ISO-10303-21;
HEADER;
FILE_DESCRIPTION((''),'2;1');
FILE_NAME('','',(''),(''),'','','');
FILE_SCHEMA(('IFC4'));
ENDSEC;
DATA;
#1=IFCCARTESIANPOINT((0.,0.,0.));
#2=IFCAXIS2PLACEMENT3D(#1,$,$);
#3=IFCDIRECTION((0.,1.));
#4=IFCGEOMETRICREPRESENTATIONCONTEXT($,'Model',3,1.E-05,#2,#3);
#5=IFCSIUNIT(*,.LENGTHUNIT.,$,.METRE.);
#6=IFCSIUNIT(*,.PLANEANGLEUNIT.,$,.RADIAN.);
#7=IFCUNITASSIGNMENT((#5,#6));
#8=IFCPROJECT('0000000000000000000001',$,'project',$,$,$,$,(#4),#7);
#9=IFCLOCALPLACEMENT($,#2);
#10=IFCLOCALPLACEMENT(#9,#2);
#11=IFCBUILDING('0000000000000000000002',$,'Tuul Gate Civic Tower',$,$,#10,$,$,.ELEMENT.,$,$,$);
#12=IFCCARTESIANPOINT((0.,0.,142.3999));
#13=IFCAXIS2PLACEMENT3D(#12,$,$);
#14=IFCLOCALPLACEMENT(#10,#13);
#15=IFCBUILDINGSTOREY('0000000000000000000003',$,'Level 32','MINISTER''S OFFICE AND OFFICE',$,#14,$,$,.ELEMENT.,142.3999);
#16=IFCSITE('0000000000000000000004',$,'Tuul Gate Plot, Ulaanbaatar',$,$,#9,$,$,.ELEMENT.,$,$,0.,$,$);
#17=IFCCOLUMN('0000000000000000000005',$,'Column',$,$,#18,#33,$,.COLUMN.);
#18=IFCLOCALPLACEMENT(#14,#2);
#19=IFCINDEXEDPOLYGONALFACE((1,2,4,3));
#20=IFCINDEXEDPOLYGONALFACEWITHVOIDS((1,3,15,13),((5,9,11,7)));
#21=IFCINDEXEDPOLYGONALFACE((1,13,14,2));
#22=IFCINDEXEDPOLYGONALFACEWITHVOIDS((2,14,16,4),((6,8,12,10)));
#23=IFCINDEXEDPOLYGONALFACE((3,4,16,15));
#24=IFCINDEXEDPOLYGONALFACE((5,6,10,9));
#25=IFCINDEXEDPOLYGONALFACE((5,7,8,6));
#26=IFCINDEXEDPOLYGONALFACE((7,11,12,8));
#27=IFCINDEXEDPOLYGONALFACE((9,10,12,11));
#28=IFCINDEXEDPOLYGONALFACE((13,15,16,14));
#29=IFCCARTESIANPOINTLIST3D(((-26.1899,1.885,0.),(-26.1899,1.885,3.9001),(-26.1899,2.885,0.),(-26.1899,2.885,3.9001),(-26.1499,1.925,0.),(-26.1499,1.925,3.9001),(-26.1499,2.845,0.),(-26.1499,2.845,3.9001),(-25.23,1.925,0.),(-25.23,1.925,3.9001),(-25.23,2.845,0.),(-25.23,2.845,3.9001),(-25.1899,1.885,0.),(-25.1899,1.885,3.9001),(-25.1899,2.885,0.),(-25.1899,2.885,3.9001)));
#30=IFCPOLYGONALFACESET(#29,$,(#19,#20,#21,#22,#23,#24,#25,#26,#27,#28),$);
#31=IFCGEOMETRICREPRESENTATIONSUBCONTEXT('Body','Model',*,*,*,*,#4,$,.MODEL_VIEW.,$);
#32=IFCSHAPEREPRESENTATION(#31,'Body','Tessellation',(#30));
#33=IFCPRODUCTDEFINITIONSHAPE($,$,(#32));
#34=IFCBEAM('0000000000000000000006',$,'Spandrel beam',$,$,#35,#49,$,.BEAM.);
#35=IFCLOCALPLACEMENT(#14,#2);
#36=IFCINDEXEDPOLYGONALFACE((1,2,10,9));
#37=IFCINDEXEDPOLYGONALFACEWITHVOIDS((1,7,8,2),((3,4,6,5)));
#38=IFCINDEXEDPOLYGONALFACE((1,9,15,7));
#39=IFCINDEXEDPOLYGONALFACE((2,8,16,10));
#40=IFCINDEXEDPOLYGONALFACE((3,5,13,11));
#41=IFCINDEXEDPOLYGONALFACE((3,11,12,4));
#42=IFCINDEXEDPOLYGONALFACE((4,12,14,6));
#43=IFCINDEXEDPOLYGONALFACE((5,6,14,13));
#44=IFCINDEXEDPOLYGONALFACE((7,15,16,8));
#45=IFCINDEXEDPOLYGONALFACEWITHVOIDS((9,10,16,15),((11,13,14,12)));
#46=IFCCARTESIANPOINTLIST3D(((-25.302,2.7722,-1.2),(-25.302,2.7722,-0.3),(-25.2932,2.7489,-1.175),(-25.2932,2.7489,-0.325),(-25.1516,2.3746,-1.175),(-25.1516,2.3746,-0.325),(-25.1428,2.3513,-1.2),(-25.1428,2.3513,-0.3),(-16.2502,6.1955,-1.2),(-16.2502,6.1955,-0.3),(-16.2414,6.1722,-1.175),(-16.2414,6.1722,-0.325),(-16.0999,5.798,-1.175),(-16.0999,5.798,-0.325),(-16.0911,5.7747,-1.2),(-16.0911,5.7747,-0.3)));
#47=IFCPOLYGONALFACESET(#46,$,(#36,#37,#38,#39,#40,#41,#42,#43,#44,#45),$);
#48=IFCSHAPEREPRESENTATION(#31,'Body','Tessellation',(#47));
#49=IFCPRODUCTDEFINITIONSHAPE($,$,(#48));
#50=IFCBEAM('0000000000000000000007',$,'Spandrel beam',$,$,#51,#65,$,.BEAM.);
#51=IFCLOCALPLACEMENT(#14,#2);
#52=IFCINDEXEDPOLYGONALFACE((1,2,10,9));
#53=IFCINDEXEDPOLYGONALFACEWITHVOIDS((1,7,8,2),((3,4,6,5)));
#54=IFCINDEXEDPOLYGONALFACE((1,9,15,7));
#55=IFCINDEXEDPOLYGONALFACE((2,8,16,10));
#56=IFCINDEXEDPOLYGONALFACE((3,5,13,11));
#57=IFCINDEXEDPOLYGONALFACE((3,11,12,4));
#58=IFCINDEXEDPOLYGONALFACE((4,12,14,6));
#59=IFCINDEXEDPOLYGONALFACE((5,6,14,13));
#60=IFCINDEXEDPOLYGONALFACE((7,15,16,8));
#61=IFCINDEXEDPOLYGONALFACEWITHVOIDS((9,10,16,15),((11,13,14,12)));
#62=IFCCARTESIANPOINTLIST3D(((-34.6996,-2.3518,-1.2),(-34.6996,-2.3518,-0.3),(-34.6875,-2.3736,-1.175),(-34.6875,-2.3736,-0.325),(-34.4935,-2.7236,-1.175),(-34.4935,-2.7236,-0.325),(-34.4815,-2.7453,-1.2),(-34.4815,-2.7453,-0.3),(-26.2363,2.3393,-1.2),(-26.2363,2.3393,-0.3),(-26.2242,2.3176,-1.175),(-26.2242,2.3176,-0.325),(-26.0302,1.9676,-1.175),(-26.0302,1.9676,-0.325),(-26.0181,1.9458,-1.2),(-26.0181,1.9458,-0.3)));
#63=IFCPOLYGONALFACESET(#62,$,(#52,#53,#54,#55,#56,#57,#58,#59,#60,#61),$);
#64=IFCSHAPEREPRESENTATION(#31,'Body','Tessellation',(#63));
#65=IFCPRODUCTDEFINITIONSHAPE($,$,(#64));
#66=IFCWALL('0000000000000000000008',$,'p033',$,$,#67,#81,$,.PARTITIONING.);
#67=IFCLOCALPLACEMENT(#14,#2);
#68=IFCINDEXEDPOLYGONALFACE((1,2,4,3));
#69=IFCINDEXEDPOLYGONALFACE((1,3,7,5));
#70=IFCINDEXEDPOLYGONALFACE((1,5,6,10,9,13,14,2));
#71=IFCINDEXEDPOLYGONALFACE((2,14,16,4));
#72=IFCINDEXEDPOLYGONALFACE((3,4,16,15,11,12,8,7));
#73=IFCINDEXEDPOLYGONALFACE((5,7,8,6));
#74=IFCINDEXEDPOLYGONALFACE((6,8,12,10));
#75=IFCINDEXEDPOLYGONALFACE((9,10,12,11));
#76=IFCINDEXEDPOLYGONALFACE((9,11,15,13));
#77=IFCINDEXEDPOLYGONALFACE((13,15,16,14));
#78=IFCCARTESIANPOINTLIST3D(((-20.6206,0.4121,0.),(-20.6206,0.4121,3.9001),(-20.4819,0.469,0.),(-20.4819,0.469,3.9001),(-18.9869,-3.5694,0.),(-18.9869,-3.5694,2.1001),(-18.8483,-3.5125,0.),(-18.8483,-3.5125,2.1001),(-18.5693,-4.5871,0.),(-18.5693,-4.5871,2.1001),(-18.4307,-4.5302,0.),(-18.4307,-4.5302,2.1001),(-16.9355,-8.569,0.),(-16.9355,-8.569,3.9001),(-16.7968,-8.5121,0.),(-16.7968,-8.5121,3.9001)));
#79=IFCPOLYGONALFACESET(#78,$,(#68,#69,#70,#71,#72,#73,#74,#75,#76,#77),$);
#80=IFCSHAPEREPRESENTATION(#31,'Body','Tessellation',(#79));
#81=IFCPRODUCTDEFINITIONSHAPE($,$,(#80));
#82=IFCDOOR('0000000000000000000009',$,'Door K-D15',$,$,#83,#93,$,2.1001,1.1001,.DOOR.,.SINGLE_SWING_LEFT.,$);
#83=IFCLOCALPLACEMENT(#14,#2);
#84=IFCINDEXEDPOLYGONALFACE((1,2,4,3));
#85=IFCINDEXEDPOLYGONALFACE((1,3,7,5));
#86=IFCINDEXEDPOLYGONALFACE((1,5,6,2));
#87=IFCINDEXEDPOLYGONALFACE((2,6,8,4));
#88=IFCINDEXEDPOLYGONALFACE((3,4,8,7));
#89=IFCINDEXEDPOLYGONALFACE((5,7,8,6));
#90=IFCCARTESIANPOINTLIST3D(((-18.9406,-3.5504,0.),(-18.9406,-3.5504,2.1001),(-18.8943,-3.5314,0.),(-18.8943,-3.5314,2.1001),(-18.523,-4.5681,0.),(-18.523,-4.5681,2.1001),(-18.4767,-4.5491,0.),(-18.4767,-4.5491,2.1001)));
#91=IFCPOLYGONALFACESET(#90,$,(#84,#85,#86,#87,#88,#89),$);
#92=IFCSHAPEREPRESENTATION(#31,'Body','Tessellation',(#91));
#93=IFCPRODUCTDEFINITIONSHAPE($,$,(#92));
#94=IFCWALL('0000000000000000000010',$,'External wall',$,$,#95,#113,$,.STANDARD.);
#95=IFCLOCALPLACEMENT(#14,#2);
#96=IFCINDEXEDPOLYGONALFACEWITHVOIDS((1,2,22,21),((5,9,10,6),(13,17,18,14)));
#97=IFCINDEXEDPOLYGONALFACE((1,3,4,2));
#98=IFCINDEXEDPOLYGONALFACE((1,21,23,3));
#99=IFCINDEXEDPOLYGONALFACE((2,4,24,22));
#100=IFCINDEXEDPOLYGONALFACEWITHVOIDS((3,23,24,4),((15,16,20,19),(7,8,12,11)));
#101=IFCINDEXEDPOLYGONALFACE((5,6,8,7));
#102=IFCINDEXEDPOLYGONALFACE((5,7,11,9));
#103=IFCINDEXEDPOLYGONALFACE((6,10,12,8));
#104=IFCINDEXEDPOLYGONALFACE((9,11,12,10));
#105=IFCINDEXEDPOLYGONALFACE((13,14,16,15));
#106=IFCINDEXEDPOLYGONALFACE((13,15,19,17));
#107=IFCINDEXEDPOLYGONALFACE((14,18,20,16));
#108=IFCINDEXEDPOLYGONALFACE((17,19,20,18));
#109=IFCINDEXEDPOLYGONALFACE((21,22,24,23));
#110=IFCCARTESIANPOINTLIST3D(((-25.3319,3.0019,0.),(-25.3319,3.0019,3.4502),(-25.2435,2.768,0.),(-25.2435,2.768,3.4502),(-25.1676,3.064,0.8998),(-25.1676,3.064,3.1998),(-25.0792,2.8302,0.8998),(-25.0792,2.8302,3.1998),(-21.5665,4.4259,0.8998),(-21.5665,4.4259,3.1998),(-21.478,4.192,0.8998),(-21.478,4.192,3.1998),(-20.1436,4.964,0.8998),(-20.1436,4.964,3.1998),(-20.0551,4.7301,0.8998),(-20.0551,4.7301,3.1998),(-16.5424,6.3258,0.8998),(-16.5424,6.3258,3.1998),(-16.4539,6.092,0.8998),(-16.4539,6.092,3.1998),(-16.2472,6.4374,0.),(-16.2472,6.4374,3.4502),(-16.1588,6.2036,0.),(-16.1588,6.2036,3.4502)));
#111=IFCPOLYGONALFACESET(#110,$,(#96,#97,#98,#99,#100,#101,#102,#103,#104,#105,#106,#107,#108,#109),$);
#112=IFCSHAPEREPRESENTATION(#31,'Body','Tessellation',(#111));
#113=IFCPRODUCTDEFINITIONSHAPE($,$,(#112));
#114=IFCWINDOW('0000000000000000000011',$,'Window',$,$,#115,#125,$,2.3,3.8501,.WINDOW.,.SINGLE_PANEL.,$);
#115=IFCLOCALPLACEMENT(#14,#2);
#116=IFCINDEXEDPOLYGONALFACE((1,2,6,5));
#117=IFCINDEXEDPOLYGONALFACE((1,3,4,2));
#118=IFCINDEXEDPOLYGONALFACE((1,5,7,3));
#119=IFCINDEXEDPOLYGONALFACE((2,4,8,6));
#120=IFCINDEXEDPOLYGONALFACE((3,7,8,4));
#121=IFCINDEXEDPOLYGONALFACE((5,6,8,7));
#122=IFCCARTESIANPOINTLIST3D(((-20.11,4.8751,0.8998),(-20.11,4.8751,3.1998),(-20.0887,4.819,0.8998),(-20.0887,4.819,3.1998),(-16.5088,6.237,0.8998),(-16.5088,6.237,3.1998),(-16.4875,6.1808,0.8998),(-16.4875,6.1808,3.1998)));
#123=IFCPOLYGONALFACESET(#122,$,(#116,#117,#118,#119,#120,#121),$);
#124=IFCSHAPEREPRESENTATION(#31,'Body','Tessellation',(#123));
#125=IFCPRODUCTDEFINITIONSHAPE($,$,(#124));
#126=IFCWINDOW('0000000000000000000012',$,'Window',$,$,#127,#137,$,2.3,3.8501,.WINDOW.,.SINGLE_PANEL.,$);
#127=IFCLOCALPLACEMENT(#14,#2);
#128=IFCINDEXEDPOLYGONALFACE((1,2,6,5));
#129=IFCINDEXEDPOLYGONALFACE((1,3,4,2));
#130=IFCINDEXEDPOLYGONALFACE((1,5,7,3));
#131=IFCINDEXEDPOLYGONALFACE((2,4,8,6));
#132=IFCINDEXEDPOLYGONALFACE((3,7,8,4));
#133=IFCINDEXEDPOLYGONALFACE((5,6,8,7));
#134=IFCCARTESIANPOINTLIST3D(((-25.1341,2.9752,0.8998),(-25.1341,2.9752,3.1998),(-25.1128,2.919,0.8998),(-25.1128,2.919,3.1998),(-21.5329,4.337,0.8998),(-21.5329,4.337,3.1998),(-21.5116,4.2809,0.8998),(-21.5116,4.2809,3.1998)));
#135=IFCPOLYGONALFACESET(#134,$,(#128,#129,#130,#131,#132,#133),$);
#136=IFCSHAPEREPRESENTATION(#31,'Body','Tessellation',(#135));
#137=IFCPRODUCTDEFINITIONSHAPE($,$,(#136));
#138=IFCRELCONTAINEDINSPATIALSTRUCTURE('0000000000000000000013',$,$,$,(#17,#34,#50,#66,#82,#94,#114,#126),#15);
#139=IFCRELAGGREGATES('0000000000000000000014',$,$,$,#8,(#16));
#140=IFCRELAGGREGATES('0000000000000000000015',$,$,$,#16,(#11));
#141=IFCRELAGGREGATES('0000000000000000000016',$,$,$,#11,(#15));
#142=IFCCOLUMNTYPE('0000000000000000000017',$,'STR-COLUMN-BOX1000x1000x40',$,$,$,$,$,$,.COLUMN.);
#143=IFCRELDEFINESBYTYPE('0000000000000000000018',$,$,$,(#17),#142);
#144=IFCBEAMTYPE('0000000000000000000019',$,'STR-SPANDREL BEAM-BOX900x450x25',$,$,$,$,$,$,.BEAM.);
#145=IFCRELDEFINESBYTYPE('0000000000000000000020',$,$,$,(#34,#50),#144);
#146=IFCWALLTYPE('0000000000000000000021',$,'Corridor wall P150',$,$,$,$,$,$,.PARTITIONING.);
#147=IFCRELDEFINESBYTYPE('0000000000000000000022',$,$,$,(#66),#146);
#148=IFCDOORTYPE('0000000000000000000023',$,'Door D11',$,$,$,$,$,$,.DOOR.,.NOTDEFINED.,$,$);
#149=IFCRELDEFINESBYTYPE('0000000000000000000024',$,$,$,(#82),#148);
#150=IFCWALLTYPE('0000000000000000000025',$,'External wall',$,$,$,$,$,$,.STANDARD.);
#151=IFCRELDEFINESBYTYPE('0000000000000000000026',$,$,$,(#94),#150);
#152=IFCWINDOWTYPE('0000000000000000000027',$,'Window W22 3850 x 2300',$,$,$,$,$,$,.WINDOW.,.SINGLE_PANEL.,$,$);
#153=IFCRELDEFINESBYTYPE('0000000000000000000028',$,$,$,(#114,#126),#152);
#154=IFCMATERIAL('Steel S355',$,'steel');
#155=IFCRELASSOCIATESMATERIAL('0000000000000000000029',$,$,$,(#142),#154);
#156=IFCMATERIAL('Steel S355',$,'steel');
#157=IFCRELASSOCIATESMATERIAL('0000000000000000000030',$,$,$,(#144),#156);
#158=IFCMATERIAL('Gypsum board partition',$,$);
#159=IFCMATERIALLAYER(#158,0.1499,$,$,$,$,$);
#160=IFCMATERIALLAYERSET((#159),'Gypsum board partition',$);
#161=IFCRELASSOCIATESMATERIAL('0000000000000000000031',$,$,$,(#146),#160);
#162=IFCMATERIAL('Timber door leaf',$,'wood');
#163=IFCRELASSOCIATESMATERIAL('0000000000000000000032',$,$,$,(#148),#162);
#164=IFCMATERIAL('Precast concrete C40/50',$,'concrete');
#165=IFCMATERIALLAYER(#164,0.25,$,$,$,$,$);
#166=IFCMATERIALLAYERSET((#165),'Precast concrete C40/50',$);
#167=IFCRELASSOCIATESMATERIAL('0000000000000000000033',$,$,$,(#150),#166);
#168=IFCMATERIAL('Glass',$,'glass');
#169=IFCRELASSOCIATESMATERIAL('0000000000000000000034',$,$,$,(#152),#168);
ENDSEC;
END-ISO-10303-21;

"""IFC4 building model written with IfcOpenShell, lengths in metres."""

from ifc_helpers import new_model, si_unit, direction, frame, frame_2d, origin, origin_2d, place, context, subcontext, project, spatial, rectangle, hollow_rectangle, extrude, material, layer, layer_set, material_profile, profile_set, type_object, element, fill, save


model = new_model("IFC4")

# Units and contexts
model_context = context("Model", 3, precision=1e-05, world=origin(), true_north=direction((0.0, 1.0)))
body_context = subcontext(model_context, "Body", "Model", "MODEL_VIEW")
ifc_project = project(units=[si_unit("LENGTHUNIT", "METRE"), si_unit("PLANEANGLEUNIT", "RADIAN")], contexts=[model_context])

# Site, building, storey
site_placement = place(None, origin())
site = spatial("IfcSite", under=ifc_project, at=site_placement, Name="Tuul Gate Plot, Ulaanbaatar", CompositionType="ELEMENT", RefElevation=0.0)
building_placement = place(site_placement, origin())
building = spatial("IfcBuilding", under=site, at=building_placement, Name="Tuul Gate Civic Tower", CompositionType="ELEMENT")
storey_placement = place(building_placement, frame((0.0, 0.0, 142.3999)))
storey = spatial("IfcBuildingStorey", under=building, at=storey_placement, Name="Level 32", Description="MINISTER'S OFFICE AND OFFICE", CompositionType="ELEMENT", Elevation=142.3999)

# Column
ifc_material_1 = material(Name="Steel S355", Category="steel")
ifc_material_profile_1 = material_profile(ifc_material_1, hollow_rectangle(XDim=1.0, YDim=1.0, WallThickness=0.04, at=origin_2d()), Name="BOX1000x1000x40")
ifc_profile_set_1 = profile_set([ifc_material_profile_1], Name="Steel S355")
column_type = type_object("IfcColumnType", Name="STR-COLUMN-BOX1000x1000x40", PredefinedType="COLUMN", material=ifc_profile_set_1)
column_placement = place(storey_placement, frame((-25.6899, 2.385, 0.0), z_axis=(0.0, 0.0, 1.0), x_axis=(1.0, 0.0, 0.0)))
element("IfcColumn", 1, at=column_placement, inside=storey, type_object=column_type, Name="Column", PredefinedType="COLUMN", context=body_context, shape_type="SweptSolid", body=[
    extrude(hollow_rectangle(XDim=1.0, YDim=1.0, WallThickness=0.04, at=origin_2d()), origin(), (0.0, 0.0, 1.0), 3.9001),
])

# Beams
ifc_material_2 = material(Name="Steel S355", Category="steel")
ifc_material_profile_2 = material_profile(ifc_material_2, hollow_rectangle(XDim=0.45, YDim=0.8999, WallThickness=0.0249, at=origin_2d()), Name="BOX900x450x25")
ifc_profile_set_2 = profile_set([ifc_material_profile_2], Name="Steel S355")
beam_type = type_object("IfcBeamType", Name="STR-SPANDREL BEAM-BOX900x450x25", PredefinedType="BEAM", material=ifc_profile_set_2)
beam_1_placement = place(storey_placement, frame((-16.1707, 5.9851, -0.75), z_axis=(-0.935343, -0.353743, 0.0), x_axis=(0.353743, -0.935343, 0.0)))
element("IfcBeam", 2, at=beam_1_placement, inside=storey, type_object=beam_type, Name="Spandrel beam", PredefinedType="BEAM", context=body_context, shape_type="SweptSolid", body=[
    extrude(hollow_rectangle(XDim=0.45, YDim=0.8999, WallThickness=0.0249, at=origin_2d()), origin(), (0.0, 0.0, 1.0), 9.6775),
])
beam_2_placement = place(storey_placement, frame((-26.1272, 2.1426, -0.75), z_axis=(-0.874627, -0.484797, 0.0), x_axis=(0.484797, -0.874627, 0.0)))
element("IfcBeam", 3, at=beam_2_placement, inside=storey, type_object=beam_type, Name="Spandrel beam", PredefinedType="BEAM", context=body_context, shape_type="SweptSolid", body=[
    extrude(hollow_rectangle(XDim=0.45, YDim=0.8999, WallThickness=0.0249, at=origin_2d()), origin(), (0.0, 0.0, 1.0), 9.6765),
])

# Wall, opening, door
ifc_material_3 = material(Name="Gypsum board partition")
ifc_layer_1 = layer(ifc_material_3, 0.1499)
ifc_layer_set_1 = layer_set([ifc_layer_1], Name="Gypsum board partition")
wall_type_1 = type_object("IfcWallType", Name="Corridor wall P150", PredefinedType="PARTITIONING", material=ifc_layer_set_1)
wall_1_placement = place(storey_placement, frame((-20.5513, 0.4407, 0.0), z_axis=(0.0, 0.0, 1.0), x_axis=(0.379597, -0.925152, 0.0)))
wall_1 = element("IfcWall", 4, at=wall_1_placement, inside=storey, type_object=wall_type_1, Name="p033", PredefinedType="PARTITIONING", context=body_context, shape_type="SweptSolid", body=[
    extrude(rectangle(XDim=9.7078, YDim=0.1499, at=frame_2d((4.854, 0.0))), origin(), (0.0, 0.0, 1.0), 3.9001),
])
opening_1_placement = place(wall_1_placement, frame((4.3037, 0.0, 0.0)))
opening_1 = element("IfcOpeningElement", 5, at=opening_1_placement, cuts=wall_1, PredefinedType="OPENING", context=body_context, shape_type="SweptSolid", body=[
    extrude(rectangle(XDim=1.1001, YDim=2.1001, at=frame_2d((0.55, 1.05))), frame((0.0, 0.085, 0.0), z_axis=(0.0, -1.0, 0.0), x_axis=(1.0, 0.0, 0.0)), (0.0, 0.0, 1.0), 0.1699),
])
ifc_material_4 = material(Name="Timber door leaf", Category="wood")
door_type_1 = type_object("IfcDoorType", Name="Door D11", OperationType="NOTDEFINED", PredefinedType="DOOR", material=ifc_material_4)
door_1_placement = place(opening_1_placement, frame((1.1001, 0.0, 0.0), z_axis=(0.0, 0.0, 1.0), x_axis=(-1.0, 0.0, 0.0)))
door_1 = element("IfcDoor", 6, at=door_1_placement, inside=storey, type_object=door_type_1, Name="Door K-D15", OperationType="SINGLE_SWING_LEFT", OverallHeight=2.1001, OverallWidth=1.1001, PredefinedType="DOOR", context=body_context, shape_type="SweptSolid", body=[
    extrude(rectangle(XDim=1.1001, YDim=2.1001, at=frame_2d((0.55, 1.05))), frame((0.0, 0.0249, 0.0), z_axis=(0.0, -1.0, 0.0), x_axis=(1.0, 0.0, 0.0)), (0.0, 0.0, 1.0), 0.05),
])
fill(opening_1, door_1)

# Wall, openings, windows
ifc_material_5 = material(Name="Precast concrete C40/50", Category="concrete")
ifc_layer_2 = layer(ifc_material_5, 0.25)
ifc_layer_set_2 = layer_set([ifc_layer_2], Name="Precast concrete C40/50")
wall_type_2 = type_object("IfcWallType", Name="External wall", PredefinedType="STANDARD", material=ifc_layer_set_2)
wall_2_placement = place(storey_placement, frame((-16.2029, 6.3206, 0.0), z_axis=(0.0, 0.0, 1.0), x_axis=(-0.935351, -0.35372, 0.0)))
wall_2 = element("IfcWall", 7, at=wall_2_placement, inside=storey, type_object=wall_type_2, Name="External wall", PredefinedType="STANDARD", context=body_context, shape_type="SweptSolid", body=[
    extrude(rectangle(XDim=9.7126, YDim=0.25, at=frame_2d((4.8564, 0.0))), origin(), (0.0, 0.0, 1.0), 3.4502),
])
opening_2_placement = place(wall_2_placement, frame((0.3157, 0.0, 0.8999)))
opening_2 = element("IfcOpeningElement", 8, at=opening_2_placement, cuts=wall_2, PredefinedType="OPENING", context=body_context, shape_type="SweptSolid", body=[
    extrude(rectangle(XDim=3.8501, YDim=2.3, at=frame_2d((1.925, 1.1499))), frame((0.0, 0.135, 0.0), z_axis=(0.0, -1.0, 0.0), x_axis=(1.0, 0.0, 0.0)), (0.0, 0.0, 1.0), 0.27),
])
opening_3_placement = place(wall_2_placement, frame((5.687, 0.0, 0.8999)))
opening_3 = element("IfcOpeningElement", 9, at=opening_3_placement, cuts=wall_2, PredefinedType="OPENING", context=body_context, shape_type="SweptSolid", body=[
    extrude(rectangle(XDim=3.8501, YDim=2.3, at=frame_2d((1.925, 1.1499))), frame((0.0, 0.135, 0.0), z_axis=(0.0, -1.0, 0.0), x_axis=(1.0, 0.0, 0.0)), (0.0, 0.0, 1.0), 0.27),
])
ifc_material_6 = material(Name="Glass", Category="glass")
window_type_1 = type_object("IfcWindowType", Name="Window W22 3850 x 2300", PartitioningType="SINGLE_PANEL", PredefinedType="WINDOW", material=ifc_material_6)
window_1_placement = place(opening_2_placement, origin())
window_1 = element("IfcWindow", 10, at=window_1_placement, inside=storey, type_object=window_type_1, Name="Window", OverallHeight=2.3, OverallWidth=3.8501, PartitioningType="SINGLE_PANEL", PredefinedType="WINDOW", context=body_context, shape_type="SweptSolid", body=[
    extrude(rectangle(XDim=3.8501, YDim=2.3, at=frame_2d((1.925, 1.1499))), frame((0.0, 0.03, 0.0), z_axis=(0.0, -1.0, 0.0), x_axis=(1.0, 0.0, 0.0)), (0.0, 0.0, 1.0), 0.0601),
])
fill(opening_2, window_1)
window_2_placement = place(opening_3_placement, origin())
window_2 = element("IfcWindow", 11, at=window_2_placement, inside=storey, type_object=window_type_1, Name="Window", OverallHeight=2.3, OverallWidth=3.8501, PartitioningType="SINGLE_PANEL", PredefinedType="WINDOW", context=body_context, shape_type="SweptSolid", body=[
    extrude(rectangle(XDim=3.8501, YDim=2.3, at=frame_2d((1.925, 1.1499))), frame((0.0, 0.03, 0.0), z_axis=(0.0, -1.0, 0.0), x_axis=(1.0, 0.0, 0.0)), (0.0, 0.0, 1.0), 0.0601),
])
fill(opening_3, window_2)

save(model, "model.ifc")
